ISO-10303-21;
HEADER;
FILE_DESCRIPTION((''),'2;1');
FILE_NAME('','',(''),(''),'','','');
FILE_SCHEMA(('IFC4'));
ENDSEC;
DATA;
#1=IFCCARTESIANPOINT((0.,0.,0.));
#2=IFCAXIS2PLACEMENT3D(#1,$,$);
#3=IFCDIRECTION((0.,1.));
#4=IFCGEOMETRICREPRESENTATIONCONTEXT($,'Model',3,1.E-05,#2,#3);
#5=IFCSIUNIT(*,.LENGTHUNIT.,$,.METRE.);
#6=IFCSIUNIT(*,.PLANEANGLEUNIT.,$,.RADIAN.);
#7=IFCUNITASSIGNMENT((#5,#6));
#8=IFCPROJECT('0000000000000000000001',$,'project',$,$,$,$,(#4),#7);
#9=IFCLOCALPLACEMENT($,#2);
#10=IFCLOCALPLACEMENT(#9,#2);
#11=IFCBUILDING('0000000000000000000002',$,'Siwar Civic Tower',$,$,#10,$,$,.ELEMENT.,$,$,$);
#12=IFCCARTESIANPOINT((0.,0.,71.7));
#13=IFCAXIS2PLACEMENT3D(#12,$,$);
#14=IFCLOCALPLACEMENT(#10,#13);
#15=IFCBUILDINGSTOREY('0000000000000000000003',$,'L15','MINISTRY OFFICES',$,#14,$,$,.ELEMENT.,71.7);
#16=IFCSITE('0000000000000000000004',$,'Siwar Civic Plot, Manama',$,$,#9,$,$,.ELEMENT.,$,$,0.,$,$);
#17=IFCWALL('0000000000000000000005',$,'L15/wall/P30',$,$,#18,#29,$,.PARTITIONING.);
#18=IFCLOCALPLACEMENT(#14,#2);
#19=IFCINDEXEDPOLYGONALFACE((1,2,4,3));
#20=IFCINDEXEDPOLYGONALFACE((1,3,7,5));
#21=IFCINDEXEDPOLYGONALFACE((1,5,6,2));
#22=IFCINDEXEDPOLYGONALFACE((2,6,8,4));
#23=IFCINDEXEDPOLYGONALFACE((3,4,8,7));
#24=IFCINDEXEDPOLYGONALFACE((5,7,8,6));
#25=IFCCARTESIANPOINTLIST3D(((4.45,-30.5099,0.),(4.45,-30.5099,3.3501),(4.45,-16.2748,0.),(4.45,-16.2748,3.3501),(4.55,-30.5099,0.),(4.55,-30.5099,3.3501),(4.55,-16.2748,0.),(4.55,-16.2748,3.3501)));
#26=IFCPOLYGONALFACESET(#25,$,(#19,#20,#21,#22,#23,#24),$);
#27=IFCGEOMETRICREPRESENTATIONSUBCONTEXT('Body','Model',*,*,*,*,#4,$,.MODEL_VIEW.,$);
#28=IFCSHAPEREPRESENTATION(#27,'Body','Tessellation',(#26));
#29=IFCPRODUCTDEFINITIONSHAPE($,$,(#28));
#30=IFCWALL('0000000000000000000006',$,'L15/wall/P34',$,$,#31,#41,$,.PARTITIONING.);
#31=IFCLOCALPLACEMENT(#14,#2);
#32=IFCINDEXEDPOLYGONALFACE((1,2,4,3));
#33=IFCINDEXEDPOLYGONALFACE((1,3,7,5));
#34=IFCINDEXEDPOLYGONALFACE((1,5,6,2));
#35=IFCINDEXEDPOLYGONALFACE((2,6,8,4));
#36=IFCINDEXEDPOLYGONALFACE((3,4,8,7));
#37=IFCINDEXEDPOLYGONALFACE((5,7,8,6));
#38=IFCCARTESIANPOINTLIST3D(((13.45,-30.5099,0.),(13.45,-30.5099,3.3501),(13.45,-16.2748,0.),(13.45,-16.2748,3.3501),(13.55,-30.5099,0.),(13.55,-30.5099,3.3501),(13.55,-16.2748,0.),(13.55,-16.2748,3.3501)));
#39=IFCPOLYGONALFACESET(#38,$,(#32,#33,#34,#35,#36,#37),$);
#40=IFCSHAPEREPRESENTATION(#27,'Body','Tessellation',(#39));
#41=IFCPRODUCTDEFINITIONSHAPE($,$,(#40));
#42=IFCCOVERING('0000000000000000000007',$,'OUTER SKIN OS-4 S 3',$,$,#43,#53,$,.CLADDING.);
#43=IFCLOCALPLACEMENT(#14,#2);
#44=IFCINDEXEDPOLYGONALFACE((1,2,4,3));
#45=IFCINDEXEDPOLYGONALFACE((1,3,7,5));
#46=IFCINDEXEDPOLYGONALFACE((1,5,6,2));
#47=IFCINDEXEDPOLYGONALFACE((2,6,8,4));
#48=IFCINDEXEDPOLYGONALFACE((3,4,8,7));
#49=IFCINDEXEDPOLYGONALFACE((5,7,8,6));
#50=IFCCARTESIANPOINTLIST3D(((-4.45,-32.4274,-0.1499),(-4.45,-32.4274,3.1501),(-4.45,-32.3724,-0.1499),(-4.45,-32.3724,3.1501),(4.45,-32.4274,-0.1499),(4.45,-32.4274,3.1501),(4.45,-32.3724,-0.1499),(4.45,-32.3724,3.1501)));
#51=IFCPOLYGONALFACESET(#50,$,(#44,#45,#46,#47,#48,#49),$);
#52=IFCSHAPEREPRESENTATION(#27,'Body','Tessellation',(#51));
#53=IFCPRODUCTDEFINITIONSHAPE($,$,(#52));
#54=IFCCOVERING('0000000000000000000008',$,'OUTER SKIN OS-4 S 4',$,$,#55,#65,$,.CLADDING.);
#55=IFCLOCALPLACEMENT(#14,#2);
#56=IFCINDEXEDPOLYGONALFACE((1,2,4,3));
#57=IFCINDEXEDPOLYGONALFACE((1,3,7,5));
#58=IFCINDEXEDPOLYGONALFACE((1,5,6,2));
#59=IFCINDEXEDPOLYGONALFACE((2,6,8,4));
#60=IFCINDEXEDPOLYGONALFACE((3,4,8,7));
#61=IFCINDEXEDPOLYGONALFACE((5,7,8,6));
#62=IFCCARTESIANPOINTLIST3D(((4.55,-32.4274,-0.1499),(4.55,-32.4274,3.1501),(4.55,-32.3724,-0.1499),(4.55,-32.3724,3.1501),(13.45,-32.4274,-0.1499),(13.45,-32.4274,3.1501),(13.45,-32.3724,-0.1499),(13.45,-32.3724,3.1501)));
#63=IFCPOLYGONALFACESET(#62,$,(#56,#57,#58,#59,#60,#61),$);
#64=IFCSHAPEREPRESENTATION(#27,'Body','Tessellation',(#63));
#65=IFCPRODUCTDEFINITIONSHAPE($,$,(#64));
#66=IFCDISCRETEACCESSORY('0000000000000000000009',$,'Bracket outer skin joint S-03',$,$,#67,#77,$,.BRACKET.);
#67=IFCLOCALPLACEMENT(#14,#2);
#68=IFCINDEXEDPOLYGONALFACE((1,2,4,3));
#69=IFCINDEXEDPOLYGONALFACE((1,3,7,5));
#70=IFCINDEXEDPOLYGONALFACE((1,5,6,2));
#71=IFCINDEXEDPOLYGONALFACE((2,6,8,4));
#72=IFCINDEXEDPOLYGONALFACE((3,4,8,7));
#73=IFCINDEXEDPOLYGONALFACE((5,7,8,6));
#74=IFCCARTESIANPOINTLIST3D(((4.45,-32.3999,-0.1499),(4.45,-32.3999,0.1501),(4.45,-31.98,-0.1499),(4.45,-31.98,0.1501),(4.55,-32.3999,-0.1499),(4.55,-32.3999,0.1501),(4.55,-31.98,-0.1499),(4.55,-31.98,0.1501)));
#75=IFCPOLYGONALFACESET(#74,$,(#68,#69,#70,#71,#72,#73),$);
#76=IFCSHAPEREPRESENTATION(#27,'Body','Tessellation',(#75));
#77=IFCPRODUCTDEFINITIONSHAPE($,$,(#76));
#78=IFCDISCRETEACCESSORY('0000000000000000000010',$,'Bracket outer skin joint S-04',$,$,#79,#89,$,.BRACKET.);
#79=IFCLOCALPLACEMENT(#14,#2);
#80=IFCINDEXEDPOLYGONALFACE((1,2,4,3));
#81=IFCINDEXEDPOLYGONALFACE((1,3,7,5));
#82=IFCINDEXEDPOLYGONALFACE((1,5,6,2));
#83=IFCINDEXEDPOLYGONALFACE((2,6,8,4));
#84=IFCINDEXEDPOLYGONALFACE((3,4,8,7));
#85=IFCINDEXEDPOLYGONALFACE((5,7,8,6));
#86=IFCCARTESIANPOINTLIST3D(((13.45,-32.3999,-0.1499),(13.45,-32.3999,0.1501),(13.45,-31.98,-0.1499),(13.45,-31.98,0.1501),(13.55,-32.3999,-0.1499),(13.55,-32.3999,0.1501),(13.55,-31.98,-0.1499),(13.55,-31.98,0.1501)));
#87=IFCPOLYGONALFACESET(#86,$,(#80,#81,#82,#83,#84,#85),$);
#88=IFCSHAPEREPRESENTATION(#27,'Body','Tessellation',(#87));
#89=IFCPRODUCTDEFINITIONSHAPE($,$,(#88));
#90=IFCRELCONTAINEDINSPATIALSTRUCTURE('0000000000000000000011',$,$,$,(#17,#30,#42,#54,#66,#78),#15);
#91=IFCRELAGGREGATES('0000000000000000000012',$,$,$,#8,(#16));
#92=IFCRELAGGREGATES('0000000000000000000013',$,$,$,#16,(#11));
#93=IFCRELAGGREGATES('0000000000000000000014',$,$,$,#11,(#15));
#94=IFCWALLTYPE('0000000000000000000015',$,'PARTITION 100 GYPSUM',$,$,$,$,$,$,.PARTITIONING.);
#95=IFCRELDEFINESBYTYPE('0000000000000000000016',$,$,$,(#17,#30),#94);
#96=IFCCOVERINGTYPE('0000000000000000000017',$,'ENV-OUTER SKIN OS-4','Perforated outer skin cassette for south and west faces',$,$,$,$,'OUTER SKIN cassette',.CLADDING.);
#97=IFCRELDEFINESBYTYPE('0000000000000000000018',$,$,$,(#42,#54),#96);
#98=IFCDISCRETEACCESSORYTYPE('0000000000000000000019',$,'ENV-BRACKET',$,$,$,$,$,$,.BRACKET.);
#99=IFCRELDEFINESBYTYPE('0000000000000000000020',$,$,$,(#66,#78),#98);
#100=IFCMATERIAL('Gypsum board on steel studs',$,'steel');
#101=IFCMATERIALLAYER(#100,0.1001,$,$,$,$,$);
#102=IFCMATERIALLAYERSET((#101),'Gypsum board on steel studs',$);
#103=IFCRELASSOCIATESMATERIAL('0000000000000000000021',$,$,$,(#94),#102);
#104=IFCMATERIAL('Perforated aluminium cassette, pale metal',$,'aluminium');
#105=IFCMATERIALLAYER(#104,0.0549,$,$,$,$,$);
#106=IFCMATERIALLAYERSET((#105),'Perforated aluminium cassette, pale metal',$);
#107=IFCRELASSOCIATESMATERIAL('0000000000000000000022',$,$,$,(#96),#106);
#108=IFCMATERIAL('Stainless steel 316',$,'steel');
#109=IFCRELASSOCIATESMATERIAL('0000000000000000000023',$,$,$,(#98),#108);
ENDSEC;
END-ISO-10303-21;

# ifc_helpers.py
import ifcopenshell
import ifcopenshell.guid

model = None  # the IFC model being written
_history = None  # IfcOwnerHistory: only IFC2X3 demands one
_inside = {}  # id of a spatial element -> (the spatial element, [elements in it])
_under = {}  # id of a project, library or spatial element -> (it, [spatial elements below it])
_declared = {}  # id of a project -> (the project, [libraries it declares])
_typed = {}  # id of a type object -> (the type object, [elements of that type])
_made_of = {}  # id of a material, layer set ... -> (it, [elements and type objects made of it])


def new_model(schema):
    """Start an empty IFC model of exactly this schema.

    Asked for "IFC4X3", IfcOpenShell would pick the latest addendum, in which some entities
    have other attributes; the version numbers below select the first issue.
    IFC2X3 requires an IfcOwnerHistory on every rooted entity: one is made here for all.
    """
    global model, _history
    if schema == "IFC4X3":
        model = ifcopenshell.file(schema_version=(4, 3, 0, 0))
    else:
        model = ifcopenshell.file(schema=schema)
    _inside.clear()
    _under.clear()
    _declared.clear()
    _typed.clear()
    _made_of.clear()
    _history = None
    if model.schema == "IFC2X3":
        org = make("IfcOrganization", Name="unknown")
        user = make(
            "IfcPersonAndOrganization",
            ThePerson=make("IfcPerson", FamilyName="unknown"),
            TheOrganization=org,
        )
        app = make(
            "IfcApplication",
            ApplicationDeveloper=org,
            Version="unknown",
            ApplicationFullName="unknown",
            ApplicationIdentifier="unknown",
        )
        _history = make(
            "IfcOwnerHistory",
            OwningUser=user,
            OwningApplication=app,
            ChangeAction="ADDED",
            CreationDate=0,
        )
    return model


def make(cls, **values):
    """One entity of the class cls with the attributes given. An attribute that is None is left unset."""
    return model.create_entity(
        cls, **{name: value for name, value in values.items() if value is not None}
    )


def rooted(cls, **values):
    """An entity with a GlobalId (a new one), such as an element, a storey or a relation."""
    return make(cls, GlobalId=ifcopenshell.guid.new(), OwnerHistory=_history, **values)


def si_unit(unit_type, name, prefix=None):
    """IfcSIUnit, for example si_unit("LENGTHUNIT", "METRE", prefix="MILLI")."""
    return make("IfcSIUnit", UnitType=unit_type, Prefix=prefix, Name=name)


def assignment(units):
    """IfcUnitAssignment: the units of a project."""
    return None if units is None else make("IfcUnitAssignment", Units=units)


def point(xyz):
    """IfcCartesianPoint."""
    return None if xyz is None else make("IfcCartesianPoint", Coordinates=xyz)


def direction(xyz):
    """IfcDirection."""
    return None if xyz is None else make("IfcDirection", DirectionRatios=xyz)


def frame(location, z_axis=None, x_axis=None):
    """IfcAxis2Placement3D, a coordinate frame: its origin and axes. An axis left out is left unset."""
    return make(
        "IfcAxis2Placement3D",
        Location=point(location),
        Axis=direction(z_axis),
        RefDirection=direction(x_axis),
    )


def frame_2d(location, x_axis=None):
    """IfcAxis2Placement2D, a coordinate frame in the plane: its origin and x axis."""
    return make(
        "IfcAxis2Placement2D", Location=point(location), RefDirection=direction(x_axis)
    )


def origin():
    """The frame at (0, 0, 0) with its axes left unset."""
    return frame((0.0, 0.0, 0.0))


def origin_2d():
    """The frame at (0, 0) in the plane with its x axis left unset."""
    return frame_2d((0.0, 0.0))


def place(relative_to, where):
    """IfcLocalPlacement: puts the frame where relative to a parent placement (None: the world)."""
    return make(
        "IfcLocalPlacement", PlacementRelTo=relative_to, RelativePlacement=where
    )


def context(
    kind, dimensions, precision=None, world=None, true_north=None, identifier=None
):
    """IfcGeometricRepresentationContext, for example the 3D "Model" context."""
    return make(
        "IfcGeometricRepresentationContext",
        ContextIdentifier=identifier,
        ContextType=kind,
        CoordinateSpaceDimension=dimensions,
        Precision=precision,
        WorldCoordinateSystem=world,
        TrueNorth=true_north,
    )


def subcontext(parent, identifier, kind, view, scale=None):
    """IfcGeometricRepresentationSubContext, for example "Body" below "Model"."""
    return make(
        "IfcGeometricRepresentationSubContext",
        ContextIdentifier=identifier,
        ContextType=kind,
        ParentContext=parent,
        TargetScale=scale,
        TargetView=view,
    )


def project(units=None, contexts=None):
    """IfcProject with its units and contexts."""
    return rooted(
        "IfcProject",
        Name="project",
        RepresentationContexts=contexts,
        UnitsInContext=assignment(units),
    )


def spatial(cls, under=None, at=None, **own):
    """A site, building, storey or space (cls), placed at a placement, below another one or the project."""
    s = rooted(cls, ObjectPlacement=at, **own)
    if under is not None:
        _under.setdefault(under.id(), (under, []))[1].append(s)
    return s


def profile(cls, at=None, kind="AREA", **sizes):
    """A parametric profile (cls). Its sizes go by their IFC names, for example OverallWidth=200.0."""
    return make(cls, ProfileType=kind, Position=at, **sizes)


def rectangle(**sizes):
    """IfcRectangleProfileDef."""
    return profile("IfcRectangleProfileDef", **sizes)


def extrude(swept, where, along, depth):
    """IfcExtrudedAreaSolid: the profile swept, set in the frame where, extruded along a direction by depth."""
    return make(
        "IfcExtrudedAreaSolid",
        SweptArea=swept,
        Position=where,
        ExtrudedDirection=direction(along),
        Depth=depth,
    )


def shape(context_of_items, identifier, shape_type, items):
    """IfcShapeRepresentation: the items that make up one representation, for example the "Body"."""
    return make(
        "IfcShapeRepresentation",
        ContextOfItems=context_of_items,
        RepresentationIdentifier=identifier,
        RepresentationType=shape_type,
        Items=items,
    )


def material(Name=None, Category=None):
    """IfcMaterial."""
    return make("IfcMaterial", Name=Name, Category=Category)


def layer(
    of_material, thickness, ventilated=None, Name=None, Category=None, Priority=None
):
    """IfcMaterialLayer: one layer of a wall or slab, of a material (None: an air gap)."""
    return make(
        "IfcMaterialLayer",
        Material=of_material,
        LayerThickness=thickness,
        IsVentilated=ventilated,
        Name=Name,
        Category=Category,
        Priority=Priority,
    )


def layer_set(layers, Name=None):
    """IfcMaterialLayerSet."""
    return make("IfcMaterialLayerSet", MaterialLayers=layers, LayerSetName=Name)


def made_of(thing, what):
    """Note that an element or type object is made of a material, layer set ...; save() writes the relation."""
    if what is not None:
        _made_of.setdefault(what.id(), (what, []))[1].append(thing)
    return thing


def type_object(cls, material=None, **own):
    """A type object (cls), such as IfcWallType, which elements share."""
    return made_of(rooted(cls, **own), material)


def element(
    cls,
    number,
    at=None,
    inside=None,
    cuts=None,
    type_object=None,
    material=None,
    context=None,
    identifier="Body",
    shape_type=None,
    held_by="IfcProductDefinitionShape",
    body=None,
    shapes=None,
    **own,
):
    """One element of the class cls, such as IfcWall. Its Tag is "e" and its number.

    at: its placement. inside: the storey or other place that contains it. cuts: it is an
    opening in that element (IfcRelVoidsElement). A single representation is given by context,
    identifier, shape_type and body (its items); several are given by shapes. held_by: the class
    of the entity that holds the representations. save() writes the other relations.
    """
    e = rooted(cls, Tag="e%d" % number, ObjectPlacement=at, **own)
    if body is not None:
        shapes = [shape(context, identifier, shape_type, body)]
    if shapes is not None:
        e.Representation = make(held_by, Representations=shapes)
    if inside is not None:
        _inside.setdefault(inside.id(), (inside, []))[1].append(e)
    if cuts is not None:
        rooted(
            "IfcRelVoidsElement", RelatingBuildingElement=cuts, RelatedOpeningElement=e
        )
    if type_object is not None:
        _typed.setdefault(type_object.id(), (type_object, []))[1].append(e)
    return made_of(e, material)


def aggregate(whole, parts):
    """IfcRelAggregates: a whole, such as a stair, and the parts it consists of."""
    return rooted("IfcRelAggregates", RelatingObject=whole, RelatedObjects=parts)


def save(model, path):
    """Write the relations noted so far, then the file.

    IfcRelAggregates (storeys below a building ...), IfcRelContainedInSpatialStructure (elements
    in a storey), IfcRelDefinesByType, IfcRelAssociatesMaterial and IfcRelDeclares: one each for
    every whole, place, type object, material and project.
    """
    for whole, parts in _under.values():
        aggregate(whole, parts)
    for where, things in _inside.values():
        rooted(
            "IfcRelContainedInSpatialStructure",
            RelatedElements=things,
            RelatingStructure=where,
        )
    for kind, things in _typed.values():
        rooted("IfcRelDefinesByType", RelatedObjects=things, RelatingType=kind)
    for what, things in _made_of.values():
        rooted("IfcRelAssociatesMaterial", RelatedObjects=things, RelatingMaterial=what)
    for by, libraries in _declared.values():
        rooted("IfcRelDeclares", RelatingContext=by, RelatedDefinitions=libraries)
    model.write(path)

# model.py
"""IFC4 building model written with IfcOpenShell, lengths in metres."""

from ifc_helpers import new_model, si_unit, direction, frame, frame_2d, origin, origin_2d, place, context, subcontext, project, spatial, rectangle, extrude, material, layer, layer_set, type_object, element, save


model = new_model("IFC4")

# Units and contexts
model_context = context("Model", 3, precision=1e-05, world=origin(), true_north=direction((0.0, 1.0)))
body_context = subcontext(model_context, "Body", "Model", "MODEL_VIEW")
ifc_project = project(units=[si_unit("LENGTHUNIT", "METRE"), si_unit("PLANEANGLEUNIT", "RADIAN")], contexts=[model_context])

# Site, building, storey
site_placement = place(None, origin())
site = spatial("IfcSite", under=ifc_project, at=site_placement, Name="Siwar Civic Plot, Manama", CompositionType="ELEMENT", RefElevation=0.0)
building_placement = place(site_placement, origin())
building = spatial("IfcBuilding", under=site, at=building_placement, Name="Siwar Civic Tower", CompositionType="ELEMENT")
storey_placement = place(building_placement, frame((0.0, 0.0, 71.7)))
storey = spatial("IfcBuildingStorey", under=building, at=storey_placement, Name="L15", Description="MINISTRY OFFICES", CompositionType="ELEMENT", Elevation=71.7)

# Shared definitions
ifc_material_1 = material(Name="Gypsum board on steel studs", Category="steel")
ifc_layer_1 = layer(ifc_material_1, 0.1001)
ifc_layer_set_1 = layer_set([ifc_layer_1], Name="Gypsum board on steel studs")
wall_type_1 = type_object("IfcWallType", Name="PARTITION 100 GYPSUM", PredefinedType="PARTITIONING", material=ifc_layer_set_1)

# Walls
for number, where, z_axis, x_axis, name in (
    (1, (4.5, -30.51, 0.0), (0.0, 0.0, 1.0), (0.0, 1.0, 0.0), "L15/wall/P30"),
    (2, (13.5, -30.51, 0.0), (0.0, 0.0, 1.0), (0.0, 1.0, 0.0), "L15/wall/P34"),
):
    element("IfcWall", number, at=place(storey_placement, frame(where, z_axis=z_axis, x_axis=x_axis)), inside=storey, type_object=wall_type_1, Name=name, PredefinedType="PARTITIONING", context=body_context, shape_type="SweptSolid", body=[
        extrude(rectangle(XDim=14.2351, YDim=0.1001, at=frame_2d((7.1177, 0.0))), origin(), (0.0, 0.0, 1.0), 3.3501),
    ])

# Coverings
ifc_material_2 = material(Name="Perforated aluminium cassette, pale metal", Category="aluminium")
ifc_layer_2 = layer(ifc_material_2, 0.0549)
ifc_layer_set_2 = layer_set([ifc_layer_2], Name="Perforated aluminium cassette, pale metal")
covering_type = type_object("IfcCoveringType", Name="ENV-OUTER SKIN OS-4", Description="Perforated outer skin cassette for south and west faces", ElementType="OUTER SKIN cassette", PredefinedType="CLADDING", material=ifc_layer_set_2)
for number, where, z_axis, x_axis, name in (
    (3, (0.0, -32.3999, -0.1499), (0.0, 0.0, 1.0), (1.0, 0.0, 0.0), "OUTER SKIN OS-4 S 3"),
    (4, (9.0, -32.3999, -0.1499), (0.0, 0.0, 1.0), (1.0, 0.0, 0.0), "OUTER SKIN OS-4 S 4"),
):
    element("IfcCovering", number, at=place(storey_placement, frame(where, z_axis=z_axis, x_axis=x_axis)), inside=storey, type_object=covering_type, Name=name, PredefinedType="CLADDING", context=body_context, shape_type="SweptSolid", body=[
        extrude(rectangle(XDim=8.8999, YDim=0.0549, at=origin_2d()), origin(), (0.0, 0.0, 1.0), 3.3),
    ])

# Discrete accessories
ifc_material_3 = material(Name="Stainless steel 316", Category="steel")
discrete_accessory_type = type_object("IfcDiscreteAccessoryType", Name="ENV-BRACKET", PredefinedType="BRACKET", material=ifc_material_3)
for number, where, z_axis, x_axis, name in (
    (5, (4.5, -32.1899, -0.1499), (0.0, 0.0, 1.0), (0.0, -1.0, 0.0), "Bracket outer skin joint S-03"),
    (6, (13.5, -32.1899, -0.1499), (0.0, 0.0, 1.0), (0.0, -1.0, 0.0), "Bracket outer skin joint S-04"),
):
    element("IfcDiscreteAccessory", number, at=place(storey_placement, frame(where, z_axis=z_axis, x_axis=x_axis)), inside=storey, type_object=discrete_accessory_type, Name=name, PredefinedType="BRACKET", context=body_context, shape_type="SweptSolid", body=[
        extrude(rectangle(XDim=0.4199, YDim=0.1001, at=origin_2d()), origin(), (0.0, 0.0, 1.0), 0.3),
    ])

save(model, "model.ifc")
